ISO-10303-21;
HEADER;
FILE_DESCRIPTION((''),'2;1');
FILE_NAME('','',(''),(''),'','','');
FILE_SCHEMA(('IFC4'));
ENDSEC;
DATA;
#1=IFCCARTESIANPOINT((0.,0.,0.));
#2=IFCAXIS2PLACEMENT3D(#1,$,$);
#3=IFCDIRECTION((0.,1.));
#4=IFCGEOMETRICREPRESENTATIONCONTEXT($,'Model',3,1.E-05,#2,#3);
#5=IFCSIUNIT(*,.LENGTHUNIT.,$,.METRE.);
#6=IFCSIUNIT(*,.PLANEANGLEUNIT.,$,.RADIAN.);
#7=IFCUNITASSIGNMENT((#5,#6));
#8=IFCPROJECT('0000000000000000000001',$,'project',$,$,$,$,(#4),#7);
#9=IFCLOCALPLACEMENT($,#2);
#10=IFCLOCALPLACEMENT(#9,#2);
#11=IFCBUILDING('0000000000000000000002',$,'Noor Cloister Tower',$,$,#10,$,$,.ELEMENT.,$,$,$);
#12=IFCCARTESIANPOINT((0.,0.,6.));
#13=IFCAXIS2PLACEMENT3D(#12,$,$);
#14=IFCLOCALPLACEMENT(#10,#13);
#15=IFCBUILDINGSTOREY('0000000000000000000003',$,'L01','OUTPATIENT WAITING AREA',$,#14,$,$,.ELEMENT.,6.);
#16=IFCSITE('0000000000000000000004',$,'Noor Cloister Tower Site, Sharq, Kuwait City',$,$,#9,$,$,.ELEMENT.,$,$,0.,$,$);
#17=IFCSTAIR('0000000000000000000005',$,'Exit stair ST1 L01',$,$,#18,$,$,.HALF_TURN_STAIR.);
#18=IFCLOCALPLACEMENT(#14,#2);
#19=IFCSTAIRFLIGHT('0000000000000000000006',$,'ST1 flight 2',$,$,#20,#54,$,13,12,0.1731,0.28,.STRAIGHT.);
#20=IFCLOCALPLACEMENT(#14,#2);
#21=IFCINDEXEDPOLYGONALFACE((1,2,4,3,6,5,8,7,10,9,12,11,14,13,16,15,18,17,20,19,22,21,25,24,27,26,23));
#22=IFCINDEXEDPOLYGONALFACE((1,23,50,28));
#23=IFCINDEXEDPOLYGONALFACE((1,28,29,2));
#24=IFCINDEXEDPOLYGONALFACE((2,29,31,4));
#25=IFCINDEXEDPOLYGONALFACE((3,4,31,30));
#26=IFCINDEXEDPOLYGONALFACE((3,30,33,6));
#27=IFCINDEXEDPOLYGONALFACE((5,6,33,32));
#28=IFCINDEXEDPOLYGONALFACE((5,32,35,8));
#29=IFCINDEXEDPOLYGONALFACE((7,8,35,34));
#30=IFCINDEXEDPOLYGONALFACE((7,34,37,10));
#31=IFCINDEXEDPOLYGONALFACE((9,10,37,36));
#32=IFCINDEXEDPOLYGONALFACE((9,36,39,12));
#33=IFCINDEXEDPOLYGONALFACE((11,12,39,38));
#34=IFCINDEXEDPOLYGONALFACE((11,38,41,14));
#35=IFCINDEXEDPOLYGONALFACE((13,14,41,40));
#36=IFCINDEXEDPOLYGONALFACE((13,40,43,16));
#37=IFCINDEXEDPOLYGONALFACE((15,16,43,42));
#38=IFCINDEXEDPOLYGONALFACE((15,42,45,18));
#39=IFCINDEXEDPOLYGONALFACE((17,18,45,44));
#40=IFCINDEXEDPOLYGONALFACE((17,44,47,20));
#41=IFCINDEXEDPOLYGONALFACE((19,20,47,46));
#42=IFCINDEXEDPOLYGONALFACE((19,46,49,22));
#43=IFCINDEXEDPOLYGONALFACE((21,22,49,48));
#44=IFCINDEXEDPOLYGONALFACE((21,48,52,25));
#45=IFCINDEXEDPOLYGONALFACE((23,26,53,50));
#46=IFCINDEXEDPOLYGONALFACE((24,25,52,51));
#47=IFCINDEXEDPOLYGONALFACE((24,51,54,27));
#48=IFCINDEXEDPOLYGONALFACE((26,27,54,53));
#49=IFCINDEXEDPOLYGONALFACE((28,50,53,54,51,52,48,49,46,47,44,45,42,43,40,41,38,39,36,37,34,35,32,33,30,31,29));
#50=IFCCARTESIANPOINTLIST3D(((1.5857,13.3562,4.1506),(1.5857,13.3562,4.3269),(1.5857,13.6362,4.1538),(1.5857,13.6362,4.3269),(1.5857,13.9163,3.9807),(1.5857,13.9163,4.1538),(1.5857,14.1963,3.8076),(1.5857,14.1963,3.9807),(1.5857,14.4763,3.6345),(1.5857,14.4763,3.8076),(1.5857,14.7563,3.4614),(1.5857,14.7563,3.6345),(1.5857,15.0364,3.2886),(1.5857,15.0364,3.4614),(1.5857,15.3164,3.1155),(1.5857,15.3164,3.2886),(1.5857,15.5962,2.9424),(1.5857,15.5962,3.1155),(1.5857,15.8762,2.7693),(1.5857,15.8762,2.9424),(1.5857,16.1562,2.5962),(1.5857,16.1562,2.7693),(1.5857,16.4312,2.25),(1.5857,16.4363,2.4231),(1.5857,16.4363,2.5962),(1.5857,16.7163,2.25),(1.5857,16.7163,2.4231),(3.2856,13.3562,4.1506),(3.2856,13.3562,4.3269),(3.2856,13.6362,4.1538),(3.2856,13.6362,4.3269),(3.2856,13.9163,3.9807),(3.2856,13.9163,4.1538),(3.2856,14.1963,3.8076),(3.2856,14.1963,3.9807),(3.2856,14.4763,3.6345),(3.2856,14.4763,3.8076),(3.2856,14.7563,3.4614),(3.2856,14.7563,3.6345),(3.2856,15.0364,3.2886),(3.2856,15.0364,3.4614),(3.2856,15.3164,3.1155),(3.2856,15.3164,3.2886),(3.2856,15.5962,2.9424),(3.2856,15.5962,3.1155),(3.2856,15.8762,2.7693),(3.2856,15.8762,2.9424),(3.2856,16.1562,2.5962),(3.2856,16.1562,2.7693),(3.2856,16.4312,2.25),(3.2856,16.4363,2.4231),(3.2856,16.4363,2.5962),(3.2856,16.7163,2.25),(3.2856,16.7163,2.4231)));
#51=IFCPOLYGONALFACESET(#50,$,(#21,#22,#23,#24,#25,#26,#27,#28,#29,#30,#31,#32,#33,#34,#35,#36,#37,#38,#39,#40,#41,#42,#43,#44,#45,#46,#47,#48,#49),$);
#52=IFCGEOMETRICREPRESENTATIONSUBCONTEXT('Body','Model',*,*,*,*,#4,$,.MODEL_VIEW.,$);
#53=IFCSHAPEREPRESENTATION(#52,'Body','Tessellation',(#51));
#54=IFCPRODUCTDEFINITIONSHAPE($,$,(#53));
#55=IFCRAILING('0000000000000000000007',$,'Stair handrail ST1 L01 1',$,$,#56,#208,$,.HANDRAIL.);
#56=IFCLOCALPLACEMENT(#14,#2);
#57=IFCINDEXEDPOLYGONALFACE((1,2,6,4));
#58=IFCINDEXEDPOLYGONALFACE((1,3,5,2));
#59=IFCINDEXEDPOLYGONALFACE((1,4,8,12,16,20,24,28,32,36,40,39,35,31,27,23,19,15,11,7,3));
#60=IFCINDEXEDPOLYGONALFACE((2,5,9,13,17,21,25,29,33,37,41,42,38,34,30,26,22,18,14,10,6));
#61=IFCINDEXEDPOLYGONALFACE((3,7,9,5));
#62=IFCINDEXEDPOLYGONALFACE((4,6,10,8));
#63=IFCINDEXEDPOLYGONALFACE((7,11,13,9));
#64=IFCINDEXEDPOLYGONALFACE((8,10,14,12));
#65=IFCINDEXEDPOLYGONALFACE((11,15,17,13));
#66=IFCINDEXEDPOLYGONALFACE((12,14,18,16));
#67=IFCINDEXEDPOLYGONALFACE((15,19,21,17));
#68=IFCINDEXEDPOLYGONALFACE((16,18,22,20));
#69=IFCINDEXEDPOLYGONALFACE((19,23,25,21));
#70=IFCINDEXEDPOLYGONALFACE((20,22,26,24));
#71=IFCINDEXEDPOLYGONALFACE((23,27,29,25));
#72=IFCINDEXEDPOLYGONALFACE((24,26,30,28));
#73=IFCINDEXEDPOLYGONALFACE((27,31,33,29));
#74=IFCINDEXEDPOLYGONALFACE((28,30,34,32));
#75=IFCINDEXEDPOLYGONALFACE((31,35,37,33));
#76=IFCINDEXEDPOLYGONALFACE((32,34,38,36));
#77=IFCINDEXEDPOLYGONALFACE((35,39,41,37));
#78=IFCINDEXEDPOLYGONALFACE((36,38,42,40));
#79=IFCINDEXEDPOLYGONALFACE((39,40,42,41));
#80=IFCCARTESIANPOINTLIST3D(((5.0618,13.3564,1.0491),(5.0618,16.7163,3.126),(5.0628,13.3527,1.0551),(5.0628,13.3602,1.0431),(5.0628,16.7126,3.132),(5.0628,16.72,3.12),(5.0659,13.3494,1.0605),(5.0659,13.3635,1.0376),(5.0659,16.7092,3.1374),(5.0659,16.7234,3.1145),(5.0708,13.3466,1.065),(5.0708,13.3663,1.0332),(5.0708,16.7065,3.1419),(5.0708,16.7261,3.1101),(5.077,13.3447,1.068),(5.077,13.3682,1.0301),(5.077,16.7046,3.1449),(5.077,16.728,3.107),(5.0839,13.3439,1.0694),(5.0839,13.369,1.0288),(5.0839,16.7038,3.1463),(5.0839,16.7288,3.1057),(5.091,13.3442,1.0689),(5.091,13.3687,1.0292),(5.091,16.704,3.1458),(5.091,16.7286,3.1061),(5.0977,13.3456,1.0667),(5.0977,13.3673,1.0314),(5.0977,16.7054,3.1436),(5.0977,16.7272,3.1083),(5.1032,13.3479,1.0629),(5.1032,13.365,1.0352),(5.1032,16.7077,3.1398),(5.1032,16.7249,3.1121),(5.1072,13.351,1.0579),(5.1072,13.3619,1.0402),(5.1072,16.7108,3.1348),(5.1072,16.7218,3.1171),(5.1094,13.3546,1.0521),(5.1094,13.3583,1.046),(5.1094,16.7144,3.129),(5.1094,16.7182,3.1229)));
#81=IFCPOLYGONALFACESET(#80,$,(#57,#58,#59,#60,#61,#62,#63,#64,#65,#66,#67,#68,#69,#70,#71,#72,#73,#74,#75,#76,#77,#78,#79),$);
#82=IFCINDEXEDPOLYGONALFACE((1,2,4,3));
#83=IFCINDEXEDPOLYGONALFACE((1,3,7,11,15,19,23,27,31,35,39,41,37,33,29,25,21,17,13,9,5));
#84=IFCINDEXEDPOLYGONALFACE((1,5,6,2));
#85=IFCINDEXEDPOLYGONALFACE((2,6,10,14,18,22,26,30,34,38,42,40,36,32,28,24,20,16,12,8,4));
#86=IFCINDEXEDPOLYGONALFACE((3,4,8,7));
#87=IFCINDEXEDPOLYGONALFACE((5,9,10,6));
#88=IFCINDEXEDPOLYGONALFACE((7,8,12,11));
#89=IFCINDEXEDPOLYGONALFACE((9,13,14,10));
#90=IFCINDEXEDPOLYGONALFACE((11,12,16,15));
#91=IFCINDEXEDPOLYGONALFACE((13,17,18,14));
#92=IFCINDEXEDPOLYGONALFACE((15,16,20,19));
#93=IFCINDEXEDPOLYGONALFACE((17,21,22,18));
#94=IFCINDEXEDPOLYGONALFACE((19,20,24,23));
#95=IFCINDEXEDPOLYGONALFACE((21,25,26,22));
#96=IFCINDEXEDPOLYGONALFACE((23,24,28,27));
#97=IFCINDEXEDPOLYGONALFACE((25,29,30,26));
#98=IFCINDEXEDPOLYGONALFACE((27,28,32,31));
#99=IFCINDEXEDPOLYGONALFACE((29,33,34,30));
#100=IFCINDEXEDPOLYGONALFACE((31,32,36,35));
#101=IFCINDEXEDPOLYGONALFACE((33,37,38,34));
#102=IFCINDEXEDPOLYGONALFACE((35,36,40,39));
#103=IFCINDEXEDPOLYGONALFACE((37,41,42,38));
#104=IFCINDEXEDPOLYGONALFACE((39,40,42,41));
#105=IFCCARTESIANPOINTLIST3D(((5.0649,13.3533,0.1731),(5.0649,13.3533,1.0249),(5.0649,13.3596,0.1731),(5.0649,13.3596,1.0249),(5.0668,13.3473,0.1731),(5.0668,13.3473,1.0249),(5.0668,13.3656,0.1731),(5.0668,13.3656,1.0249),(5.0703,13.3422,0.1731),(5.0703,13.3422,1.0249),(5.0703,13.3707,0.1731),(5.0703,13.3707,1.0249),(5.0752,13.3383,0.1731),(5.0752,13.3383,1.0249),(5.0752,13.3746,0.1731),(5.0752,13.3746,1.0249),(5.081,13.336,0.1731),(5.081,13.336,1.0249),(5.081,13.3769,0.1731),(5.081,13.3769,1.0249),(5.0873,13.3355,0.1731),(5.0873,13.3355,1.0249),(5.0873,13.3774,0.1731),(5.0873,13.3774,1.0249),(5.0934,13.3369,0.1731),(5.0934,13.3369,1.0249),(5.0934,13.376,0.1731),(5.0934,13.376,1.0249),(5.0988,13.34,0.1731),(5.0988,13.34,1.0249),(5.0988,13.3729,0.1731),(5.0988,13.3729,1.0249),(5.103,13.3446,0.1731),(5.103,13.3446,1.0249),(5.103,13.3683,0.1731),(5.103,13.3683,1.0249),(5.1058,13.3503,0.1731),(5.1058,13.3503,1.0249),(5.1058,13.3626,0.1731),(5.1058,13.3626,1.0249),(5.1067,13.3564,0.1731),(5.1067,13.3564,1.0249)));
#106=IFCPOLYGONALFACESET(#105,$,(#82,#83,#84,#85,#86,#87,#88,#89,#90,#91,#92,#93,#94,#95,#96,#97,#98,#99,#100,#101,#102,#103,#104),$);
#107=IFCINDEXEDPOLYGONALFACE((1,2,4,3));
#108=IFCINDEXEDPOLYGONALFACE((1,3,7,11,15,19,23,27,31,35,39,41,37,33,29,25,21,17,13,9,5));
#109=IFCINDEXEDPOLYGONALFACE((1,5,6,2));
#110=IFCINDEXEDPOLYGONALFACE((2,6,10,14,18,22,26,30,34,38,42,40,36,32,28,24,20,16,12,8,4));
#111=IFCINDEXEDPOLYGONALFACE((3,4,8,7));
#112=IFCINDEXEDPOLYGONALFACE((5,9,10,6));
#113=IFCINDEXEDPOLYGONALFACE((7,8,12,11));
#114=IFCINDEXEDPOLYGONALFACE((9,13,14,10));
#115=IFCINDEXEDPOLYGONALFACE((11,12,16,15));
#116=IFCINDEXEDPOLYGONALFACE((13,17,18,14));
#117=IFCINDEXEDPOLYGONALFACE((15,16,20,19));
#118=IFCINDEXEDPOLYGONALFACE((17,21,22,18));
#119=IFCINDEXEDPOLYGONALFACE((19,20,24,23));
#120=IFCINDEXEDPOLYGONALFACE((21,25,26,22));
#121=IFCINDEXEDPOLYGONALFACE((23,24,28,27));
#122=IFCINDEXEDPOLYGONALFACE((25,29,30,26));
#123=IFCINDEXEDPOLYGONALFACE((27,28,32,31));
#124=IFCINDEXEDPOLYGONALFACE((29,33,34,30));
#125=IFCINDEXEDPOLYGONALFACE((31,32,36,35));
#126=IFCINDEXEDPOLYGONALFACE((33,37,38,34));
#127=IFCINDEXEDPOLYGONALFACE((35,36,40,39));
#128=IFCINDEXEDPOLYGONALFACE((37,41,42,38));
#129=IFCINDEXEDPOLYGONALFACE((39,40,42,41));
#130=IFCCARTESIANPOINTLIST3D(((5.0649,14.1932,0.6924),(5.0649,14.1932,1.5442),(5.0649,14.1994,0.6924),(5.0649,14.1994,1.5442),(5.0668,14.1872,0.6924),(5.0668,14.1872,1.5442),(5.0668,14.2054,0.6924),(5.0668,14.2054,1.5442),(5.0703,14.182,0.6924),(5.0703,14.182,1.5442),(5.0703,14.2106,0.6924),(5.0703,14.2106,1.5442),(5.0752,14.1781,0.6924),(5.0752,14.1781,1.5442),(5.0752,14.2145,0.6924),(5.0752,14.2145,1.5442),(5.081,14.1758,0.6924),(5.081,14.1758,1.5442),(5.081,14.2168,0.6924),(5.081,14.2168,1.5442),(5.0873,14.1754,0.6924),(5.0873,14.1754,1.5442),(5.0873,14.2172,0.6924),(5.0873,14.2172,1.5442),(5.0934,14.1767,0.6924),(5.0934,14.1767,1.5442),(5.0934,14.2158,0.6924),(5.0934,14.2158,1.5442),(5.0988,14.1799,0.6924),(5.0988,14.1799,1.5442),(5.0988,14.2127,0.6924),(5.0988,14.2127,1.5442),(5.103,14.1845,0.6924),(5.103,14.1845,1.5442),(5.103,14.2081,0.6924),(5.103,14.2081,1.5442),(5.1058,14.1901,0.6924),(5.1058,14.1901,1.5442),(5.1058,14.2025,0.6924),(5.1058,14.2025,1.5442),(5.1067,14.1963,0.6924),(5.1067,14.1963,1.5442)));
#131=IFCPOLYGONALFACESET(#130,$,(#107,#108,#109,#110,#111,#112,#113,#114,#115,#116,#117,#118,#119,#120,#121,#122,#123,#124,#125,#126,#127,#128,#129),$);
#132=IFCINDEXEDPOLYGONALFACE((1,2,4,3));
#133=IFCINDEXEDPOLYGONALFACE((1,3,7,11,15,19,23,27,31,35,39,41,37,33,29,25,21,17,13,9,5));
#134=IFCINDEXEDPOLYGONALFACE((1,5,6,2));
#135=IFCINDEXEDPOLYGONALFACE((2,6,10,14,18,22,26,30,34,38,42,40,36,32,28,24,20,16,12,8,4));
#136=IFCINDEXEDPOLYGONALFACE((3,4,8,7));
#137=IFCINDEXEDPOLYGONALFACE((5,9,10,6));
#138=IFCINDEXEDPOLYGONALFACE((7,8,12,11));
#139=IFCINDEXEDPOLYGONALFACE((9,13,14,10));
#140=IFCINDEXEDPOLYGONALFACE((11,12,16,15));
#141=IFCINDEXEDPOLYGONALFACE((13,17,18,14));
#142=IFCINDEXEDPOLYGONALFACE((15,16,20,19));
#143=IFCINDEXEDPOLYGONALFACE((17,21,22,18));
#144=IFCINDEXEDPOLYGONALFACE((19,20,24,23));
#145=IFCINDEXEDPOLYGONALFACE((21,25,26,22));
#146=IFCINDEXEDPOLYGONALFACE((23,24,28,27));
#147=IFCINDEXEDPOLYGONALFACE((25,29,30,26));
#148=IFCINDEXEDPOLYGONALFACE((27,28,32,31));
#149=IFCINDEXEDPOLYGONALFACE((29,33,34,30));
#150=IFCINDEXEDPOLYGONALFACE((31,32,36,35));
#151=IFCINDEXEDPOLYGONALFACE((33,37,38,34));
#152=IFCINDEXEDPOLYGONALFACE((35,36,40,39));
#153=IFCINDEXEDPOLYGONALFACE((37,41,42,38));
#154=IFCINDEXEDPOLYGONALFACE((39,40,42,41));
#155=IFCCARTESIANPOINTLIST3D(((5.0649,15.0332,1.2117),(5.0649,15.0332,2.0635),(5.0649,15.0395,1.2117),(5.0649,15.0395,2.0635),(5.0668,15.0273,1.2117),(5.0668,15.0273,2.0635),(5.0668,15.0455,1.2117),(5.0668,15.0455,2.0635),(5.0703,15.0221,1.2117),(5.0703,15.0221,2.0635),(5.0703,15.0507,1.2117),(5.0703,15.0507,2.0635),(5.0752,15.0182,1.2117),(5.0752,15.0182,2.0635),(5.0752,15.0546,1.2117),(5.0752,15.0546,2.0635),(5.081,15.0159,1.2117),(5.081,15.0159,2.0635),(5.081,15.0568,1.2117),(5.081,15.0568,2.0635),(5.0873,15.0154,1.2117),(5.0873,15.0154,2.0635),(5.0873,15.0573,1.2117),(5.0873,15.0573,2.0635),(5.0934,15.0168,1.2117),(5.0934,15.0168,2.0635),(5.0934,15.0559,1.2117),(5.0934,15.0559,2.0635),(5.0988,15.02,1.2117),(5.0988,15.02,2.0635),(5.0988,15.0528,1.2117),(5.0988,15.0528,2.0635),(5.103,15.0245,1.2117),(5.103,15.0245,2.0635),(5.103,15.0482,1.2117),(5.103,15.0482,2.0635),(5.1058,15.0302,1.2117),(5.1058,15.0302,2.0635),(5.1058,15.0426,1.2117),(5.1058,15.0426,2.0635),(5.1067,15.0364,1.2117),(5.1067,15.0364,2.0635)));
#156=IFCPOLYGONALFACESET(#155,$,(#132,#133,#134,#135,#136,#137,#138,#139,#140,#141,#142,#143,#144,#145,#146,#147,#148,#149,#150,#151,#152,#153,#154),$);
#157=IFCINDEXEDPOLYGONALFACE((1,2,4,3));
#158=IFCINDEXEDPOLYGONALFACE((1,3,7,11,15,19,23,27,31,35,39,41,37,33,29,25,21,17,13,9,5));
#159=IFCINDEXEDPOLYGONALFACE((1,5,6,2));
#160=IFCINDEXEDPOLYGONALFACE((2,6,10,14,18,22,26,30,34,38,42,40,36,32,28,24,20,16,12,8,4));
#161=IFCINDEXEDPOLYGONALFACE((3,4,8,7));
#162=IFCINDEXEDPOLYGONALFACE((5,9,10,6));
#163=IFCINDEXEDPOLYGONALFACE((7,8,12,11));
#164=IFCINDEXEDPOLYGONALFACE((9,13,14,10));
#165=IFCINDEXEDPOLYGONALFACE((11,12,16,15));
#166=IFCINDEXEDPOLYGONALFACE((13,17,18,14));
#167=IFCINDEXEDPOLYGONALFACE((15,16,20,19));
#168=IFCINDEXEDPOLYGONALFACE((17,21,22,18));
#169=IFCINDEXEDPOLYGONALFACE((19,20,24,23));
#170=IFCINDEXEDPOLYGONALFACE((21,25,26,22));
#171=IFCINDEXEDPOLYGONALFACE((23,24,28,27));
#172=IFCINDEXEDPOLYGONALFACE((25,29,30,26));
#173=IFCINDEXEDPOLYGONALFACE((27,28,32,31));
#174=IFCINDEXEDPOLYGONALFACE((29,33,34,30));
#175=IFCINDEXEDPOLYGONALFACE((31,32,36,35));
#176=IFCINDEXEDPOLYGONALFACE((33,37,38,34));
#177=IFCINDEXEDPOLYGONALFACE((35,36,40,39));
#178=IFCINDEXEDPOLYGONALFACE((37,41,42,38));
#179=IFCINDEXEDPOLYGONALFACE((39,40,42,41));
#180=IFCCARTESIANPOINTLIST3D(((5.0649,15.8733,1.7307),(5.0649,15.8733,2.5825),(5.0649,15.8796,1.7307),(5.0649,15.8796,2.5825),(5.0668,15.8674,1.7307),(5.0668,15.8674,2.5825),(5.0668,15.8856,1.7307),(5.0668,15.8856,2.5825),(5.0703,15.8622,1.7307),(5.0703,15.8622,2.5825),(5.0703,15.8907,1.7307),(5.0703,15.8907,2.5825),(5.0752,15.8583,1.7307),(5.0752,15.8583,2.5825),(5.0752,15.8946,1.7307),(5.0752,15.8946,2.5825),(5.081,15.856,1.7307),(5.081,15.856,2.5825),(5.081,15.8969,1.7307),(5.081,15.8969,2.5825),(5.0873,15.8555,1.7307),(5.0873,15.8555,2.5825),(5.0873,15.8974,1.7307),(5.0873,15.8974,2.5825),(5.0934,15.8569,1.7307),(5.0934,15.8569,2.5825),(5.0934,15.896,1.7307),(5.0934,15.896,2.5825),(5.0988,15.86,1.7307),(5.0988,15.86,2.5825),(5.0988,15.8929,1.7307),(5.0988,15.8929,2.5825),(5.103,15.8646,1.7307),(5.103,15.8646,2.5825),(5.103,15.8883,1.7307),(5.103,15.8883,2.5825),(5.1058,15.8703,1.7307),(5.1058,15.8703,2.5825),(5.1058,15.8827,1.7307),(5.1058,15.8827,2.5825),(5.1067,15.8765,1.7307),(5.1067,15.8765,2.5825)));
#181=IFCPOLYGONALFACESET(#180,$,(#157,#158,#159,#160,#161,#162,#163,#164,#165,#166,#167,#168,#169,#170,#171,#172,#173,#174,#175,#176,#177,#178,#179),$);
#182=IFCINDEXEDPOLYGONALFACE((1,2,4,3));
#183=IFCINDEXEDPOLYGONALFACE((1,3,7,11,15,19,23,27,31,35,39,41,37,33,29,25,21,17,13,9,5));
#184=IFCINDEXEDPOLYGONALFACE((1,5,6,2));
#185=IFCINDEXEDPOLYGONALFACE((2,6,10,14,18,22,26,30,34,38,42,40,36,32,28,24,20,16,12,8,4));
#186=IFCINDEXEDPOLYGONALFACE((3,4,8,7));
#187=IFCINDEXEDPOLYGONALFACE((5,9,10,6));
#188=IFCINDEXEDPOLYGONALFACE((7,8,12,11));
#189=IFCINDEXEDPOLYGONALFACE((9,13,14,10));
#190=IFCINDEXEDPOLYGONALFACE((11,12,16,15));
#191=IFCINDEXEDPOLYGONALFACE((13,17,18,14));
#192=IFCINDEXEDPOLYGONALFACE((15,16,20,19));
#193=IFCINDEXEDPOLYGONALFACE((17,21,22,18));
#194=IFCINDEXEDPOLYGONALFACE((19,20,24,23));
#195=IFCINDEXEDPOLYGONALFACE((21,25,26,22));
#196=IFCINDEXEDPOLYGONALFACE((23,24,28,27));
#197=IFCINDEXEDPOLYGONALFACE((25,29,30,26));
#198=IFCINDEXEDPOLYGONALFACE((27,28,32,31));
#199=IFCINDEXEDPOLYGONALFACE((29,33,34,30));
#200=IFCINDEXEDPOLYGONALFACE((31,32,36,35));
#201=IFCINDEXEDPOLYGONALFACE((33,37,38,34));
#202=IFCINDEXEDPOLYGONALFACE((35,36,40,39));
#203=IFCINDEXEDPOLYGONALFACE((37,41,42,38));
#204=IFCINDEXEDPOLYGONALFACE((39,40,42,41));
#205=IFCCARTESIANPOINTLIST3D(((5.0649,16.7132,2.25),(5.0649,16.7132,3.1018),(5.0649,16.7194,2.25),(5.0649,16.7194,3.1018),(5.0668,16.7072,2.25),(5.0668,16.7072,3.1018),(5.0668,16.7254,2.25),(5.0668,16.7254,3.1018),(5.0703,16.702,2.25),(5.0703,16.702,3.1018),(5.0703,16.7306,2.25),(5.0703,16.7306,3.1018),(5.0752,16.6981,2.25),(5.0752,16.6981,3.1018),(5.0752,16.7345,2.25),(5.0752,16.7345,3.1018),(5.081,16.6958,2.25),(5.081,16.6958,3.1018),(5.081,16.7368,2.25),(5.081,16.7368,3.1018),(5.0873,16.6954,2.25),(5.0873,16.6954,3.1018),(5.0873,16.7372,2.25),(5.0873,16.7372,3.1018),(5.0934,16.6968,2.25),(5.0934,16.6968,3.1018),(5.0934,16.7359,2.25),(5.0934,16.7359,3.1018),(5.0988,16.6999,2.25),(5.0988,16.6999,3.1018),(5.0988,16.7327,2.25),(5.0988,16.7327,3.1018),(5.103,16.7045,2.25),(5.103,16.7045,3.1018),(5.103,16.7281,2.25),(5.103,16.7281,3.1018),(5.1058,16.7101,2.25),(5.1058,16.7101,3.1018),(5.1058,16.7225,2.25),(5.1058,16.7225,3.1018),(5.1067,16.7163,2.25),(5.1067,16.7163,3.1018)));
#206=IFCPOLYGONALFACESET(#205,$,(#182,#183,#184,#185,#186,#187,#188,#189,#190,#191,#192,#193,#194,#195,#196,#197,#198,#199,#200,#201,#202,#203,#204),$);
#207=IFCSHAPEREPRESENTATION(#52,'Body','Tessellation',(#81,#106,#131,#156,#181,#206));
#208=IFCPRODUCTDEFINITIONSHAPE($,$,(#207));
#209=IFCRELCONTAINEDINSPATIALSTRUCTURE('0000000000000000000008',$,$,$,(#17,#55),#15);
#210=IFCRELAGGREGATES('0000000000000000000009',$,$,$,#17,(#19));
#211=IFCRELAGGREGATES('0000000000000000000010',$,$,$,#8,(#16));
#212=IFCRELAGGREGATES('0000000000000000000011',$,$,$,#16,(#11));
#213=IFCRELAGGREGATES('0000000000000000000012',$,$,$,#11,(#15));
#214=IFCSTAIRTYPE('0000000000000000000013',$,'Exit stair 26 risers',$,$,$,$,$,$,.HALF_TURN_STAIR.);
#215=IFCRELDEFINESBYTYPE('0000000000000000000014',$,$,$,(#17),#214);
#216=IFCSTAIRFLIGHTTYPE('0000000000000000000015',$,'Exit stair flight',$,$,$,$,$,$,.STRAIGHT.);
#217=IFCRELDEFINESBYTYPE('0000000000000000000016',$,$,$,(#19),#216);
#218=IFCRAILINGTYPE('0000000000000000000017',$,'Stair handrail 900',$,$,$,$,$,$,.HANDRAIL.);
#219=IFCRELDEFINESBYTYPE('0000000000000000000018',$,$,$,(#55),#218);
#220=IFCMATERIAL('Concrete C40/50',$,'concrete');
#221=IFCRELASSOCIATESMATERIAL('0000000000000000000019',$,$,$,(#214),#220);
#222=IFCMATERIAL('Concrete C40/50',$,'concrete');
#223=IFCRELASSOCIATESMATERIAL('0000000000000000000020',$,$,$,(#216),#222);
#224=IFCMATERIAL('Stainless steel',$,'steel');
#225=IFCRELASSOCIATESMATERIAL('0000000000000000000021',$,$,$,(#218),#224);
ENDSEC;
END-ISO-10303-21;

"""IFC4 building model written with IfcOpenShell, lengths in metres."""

from ifc_helpers import new_model, si_unit, direction, frame, origin, origin_2d, place, context, subcontext, project, spatial, polyline, circle, outline, extrude, material, type_object, element, aggregate, save


model = new_model("IFC4")

# Units and contexts
model_context = context("Model", 3, precision=1e-05, world=origin(), true_north=direction((0.0, 1.0)))
body_context = subcontext(model_context, "Body", "Model", "MODEL_VIEW")
ifc_project = project(units=[si_unit("LENGTHUNIT", "METRE"), si_unit("PLANEANGLEUNIT", "RADIAN")], contexts=[model_context])

# Site, building, storey
site_placement = place(None, origin())
site = spatial("IfcSite", under=ifc_project, at=site_placement, Name="Noor Cloister Tower Site, Sharq, Kuwait City", CompositionType="ELEMENT", RefElevation=0.0)
building_placement = place(site_placement, origin())
building = spatial("IfcBuilding", under=site, at=building_placement, Name="Noor Cloister Tower", CompositionType="ELEMENT")
storey_placement = place(building_placement, frame((0.0, 0.0, 6.0)))
storey = spatial("IfcBuildingStorey", under=building, at=storey_placement, Name="L01", Description="OUTPATIENT WAITING AREA", CompositionType="ELEMENT", Elevation=6.0)

# Stair, stair flight
ifc_material_1 = material(Name="Concrete C40/50", Category="concrete")
stair_type = type_object("IfcStairType", Name="Exit stair 26 risers", PredefinedType="HALF_TURN_STAIR", material=ifc_material_1)
stair_placement = place(storey_placement, origin())
stair = element("IfcStair", 1, at=stair_placement, inside=storey, type_object=stair_type, Name="Exit stair ST1 L01", PredefinedType="HALF_TURN_STAIR")
ifc_material_2 = material(Name="Concrete C40/50", Category="concrete")
stair_flight_type = type_object("IfcStairFlightType", Name="Exit stair flight", PredefinedType="STRAIGHT", material=ifc_material_2)
stair_flight_1_placement = place(storey_placement, frame((2.4355, 16.7163, 2.25), z_axis=(0.0, 0.0, 1.0), x_axis=(0.0, -1.0, 0.0)))
stair_flight_1 = element("IfcStairFlight", 2, at=stair_flight_1_placement, type_object=stair_flight_type, Name="ST1 flight 2", NumberOfRisers=13, NumberOfTreads=12, PredefinedType="STRAIGHT", RiserHeight=0.1731, TreadLength=0.28, context=body_context, shape_type="SweptSolid", body=[
    extrude(outline(polyline([(0.0, 0.0), (0.0, 0.1731), (0.28, 0.1731), (0.28, 0.3462), (0.5601, 0.3462), (0.5601, 0.5193), (0.8401, 0.5193), (0.8401, 0.6924), (1.1201, 0.6924), (1.1201, 0.8655), (1.3999, 0.8655), (1.3999, 1.0386), (1.6799, 1.0386), (1.6799, 1.2114), (1.96, 1.2114), (1.96, 1.3845), (2.24, 1.3845), (2.24, 1.5576), (2.52, 1.5576), (2.52, 1.7307), (2.8, 1.7307), (2.8, 1.9038), (3.0801, 1.9038), (3.0801, 2.0769), (3.3601, 2.0769), (3.3601, 2.25), (3.3601, 1.9006), (0.2852, 0.0), (0.0, 0.0)])), frame((0.0, 0.8501, 0.0), z_axis=(0.0, -1.0, 0.0), x_axis=(1.0, 0.0, 0.0)), (0.0, 0.0, 1.0), 1.7),
])
aggregate(stair, [stair_flight_1])

# Railing
ifc_material_3 = material(Name="Stainless steel", Category="steel")
railing_type_1 = type_object("IfcRailingType", Name="Stair handrail 900", PredefinedType="HANDRAIL", material=ifc_material_3)
railing_1_placement = place(storey_placement, frame((5.0857, 13.3564, 0.1731)))
element("IfcRailing", 3, at=railing_1_placement, inside=storey, type_object=railing_type_1, Name="Stair handrail ST1 L01 1", PredefinedType="HANDRAIL", context=body_context, shape_type="SweptSolid", body=[
    extrude(circle(Radius=0.0239, at=origin_2d()), frame((0.0, 0.0, 0.876), z_axis=(0.0, 0.850606, 0.525803), x_axis=(-1.0, 0.0, 0.0)), (0.0, 0.0, 1.0), 3.95),
    extrude(circle(Radius=0.021, at=origin_2d()), origin(), (0.0, 0.0, 1.0), 0.8518),
    extrude(circle(Radius=0.021, at=origin_2d()), frame((0.0, 0.8398, 0.5193)), (0.0, 0.0, 1.0), 0.8518),
    extrude(circle(Radius=0.021, at=origin_2d()), frame((0.0, 1.6799, 1.0386)), (0.0, 0.0, 1.0), 0.8518),
    extrude(circle(Radius=0.021, at=origin_2d()), frame((0.0, 2.52, 1.5576)), (0.0, 0.0, 1.0), 0.8518),
    extrude(circle(Radius=0.021, at=origin_2d()), frame((0.0, 3.3599, 2.0769)), (0.0, 0.0, 1.0), 0.8518),
])

save(model, "model.ifc")
